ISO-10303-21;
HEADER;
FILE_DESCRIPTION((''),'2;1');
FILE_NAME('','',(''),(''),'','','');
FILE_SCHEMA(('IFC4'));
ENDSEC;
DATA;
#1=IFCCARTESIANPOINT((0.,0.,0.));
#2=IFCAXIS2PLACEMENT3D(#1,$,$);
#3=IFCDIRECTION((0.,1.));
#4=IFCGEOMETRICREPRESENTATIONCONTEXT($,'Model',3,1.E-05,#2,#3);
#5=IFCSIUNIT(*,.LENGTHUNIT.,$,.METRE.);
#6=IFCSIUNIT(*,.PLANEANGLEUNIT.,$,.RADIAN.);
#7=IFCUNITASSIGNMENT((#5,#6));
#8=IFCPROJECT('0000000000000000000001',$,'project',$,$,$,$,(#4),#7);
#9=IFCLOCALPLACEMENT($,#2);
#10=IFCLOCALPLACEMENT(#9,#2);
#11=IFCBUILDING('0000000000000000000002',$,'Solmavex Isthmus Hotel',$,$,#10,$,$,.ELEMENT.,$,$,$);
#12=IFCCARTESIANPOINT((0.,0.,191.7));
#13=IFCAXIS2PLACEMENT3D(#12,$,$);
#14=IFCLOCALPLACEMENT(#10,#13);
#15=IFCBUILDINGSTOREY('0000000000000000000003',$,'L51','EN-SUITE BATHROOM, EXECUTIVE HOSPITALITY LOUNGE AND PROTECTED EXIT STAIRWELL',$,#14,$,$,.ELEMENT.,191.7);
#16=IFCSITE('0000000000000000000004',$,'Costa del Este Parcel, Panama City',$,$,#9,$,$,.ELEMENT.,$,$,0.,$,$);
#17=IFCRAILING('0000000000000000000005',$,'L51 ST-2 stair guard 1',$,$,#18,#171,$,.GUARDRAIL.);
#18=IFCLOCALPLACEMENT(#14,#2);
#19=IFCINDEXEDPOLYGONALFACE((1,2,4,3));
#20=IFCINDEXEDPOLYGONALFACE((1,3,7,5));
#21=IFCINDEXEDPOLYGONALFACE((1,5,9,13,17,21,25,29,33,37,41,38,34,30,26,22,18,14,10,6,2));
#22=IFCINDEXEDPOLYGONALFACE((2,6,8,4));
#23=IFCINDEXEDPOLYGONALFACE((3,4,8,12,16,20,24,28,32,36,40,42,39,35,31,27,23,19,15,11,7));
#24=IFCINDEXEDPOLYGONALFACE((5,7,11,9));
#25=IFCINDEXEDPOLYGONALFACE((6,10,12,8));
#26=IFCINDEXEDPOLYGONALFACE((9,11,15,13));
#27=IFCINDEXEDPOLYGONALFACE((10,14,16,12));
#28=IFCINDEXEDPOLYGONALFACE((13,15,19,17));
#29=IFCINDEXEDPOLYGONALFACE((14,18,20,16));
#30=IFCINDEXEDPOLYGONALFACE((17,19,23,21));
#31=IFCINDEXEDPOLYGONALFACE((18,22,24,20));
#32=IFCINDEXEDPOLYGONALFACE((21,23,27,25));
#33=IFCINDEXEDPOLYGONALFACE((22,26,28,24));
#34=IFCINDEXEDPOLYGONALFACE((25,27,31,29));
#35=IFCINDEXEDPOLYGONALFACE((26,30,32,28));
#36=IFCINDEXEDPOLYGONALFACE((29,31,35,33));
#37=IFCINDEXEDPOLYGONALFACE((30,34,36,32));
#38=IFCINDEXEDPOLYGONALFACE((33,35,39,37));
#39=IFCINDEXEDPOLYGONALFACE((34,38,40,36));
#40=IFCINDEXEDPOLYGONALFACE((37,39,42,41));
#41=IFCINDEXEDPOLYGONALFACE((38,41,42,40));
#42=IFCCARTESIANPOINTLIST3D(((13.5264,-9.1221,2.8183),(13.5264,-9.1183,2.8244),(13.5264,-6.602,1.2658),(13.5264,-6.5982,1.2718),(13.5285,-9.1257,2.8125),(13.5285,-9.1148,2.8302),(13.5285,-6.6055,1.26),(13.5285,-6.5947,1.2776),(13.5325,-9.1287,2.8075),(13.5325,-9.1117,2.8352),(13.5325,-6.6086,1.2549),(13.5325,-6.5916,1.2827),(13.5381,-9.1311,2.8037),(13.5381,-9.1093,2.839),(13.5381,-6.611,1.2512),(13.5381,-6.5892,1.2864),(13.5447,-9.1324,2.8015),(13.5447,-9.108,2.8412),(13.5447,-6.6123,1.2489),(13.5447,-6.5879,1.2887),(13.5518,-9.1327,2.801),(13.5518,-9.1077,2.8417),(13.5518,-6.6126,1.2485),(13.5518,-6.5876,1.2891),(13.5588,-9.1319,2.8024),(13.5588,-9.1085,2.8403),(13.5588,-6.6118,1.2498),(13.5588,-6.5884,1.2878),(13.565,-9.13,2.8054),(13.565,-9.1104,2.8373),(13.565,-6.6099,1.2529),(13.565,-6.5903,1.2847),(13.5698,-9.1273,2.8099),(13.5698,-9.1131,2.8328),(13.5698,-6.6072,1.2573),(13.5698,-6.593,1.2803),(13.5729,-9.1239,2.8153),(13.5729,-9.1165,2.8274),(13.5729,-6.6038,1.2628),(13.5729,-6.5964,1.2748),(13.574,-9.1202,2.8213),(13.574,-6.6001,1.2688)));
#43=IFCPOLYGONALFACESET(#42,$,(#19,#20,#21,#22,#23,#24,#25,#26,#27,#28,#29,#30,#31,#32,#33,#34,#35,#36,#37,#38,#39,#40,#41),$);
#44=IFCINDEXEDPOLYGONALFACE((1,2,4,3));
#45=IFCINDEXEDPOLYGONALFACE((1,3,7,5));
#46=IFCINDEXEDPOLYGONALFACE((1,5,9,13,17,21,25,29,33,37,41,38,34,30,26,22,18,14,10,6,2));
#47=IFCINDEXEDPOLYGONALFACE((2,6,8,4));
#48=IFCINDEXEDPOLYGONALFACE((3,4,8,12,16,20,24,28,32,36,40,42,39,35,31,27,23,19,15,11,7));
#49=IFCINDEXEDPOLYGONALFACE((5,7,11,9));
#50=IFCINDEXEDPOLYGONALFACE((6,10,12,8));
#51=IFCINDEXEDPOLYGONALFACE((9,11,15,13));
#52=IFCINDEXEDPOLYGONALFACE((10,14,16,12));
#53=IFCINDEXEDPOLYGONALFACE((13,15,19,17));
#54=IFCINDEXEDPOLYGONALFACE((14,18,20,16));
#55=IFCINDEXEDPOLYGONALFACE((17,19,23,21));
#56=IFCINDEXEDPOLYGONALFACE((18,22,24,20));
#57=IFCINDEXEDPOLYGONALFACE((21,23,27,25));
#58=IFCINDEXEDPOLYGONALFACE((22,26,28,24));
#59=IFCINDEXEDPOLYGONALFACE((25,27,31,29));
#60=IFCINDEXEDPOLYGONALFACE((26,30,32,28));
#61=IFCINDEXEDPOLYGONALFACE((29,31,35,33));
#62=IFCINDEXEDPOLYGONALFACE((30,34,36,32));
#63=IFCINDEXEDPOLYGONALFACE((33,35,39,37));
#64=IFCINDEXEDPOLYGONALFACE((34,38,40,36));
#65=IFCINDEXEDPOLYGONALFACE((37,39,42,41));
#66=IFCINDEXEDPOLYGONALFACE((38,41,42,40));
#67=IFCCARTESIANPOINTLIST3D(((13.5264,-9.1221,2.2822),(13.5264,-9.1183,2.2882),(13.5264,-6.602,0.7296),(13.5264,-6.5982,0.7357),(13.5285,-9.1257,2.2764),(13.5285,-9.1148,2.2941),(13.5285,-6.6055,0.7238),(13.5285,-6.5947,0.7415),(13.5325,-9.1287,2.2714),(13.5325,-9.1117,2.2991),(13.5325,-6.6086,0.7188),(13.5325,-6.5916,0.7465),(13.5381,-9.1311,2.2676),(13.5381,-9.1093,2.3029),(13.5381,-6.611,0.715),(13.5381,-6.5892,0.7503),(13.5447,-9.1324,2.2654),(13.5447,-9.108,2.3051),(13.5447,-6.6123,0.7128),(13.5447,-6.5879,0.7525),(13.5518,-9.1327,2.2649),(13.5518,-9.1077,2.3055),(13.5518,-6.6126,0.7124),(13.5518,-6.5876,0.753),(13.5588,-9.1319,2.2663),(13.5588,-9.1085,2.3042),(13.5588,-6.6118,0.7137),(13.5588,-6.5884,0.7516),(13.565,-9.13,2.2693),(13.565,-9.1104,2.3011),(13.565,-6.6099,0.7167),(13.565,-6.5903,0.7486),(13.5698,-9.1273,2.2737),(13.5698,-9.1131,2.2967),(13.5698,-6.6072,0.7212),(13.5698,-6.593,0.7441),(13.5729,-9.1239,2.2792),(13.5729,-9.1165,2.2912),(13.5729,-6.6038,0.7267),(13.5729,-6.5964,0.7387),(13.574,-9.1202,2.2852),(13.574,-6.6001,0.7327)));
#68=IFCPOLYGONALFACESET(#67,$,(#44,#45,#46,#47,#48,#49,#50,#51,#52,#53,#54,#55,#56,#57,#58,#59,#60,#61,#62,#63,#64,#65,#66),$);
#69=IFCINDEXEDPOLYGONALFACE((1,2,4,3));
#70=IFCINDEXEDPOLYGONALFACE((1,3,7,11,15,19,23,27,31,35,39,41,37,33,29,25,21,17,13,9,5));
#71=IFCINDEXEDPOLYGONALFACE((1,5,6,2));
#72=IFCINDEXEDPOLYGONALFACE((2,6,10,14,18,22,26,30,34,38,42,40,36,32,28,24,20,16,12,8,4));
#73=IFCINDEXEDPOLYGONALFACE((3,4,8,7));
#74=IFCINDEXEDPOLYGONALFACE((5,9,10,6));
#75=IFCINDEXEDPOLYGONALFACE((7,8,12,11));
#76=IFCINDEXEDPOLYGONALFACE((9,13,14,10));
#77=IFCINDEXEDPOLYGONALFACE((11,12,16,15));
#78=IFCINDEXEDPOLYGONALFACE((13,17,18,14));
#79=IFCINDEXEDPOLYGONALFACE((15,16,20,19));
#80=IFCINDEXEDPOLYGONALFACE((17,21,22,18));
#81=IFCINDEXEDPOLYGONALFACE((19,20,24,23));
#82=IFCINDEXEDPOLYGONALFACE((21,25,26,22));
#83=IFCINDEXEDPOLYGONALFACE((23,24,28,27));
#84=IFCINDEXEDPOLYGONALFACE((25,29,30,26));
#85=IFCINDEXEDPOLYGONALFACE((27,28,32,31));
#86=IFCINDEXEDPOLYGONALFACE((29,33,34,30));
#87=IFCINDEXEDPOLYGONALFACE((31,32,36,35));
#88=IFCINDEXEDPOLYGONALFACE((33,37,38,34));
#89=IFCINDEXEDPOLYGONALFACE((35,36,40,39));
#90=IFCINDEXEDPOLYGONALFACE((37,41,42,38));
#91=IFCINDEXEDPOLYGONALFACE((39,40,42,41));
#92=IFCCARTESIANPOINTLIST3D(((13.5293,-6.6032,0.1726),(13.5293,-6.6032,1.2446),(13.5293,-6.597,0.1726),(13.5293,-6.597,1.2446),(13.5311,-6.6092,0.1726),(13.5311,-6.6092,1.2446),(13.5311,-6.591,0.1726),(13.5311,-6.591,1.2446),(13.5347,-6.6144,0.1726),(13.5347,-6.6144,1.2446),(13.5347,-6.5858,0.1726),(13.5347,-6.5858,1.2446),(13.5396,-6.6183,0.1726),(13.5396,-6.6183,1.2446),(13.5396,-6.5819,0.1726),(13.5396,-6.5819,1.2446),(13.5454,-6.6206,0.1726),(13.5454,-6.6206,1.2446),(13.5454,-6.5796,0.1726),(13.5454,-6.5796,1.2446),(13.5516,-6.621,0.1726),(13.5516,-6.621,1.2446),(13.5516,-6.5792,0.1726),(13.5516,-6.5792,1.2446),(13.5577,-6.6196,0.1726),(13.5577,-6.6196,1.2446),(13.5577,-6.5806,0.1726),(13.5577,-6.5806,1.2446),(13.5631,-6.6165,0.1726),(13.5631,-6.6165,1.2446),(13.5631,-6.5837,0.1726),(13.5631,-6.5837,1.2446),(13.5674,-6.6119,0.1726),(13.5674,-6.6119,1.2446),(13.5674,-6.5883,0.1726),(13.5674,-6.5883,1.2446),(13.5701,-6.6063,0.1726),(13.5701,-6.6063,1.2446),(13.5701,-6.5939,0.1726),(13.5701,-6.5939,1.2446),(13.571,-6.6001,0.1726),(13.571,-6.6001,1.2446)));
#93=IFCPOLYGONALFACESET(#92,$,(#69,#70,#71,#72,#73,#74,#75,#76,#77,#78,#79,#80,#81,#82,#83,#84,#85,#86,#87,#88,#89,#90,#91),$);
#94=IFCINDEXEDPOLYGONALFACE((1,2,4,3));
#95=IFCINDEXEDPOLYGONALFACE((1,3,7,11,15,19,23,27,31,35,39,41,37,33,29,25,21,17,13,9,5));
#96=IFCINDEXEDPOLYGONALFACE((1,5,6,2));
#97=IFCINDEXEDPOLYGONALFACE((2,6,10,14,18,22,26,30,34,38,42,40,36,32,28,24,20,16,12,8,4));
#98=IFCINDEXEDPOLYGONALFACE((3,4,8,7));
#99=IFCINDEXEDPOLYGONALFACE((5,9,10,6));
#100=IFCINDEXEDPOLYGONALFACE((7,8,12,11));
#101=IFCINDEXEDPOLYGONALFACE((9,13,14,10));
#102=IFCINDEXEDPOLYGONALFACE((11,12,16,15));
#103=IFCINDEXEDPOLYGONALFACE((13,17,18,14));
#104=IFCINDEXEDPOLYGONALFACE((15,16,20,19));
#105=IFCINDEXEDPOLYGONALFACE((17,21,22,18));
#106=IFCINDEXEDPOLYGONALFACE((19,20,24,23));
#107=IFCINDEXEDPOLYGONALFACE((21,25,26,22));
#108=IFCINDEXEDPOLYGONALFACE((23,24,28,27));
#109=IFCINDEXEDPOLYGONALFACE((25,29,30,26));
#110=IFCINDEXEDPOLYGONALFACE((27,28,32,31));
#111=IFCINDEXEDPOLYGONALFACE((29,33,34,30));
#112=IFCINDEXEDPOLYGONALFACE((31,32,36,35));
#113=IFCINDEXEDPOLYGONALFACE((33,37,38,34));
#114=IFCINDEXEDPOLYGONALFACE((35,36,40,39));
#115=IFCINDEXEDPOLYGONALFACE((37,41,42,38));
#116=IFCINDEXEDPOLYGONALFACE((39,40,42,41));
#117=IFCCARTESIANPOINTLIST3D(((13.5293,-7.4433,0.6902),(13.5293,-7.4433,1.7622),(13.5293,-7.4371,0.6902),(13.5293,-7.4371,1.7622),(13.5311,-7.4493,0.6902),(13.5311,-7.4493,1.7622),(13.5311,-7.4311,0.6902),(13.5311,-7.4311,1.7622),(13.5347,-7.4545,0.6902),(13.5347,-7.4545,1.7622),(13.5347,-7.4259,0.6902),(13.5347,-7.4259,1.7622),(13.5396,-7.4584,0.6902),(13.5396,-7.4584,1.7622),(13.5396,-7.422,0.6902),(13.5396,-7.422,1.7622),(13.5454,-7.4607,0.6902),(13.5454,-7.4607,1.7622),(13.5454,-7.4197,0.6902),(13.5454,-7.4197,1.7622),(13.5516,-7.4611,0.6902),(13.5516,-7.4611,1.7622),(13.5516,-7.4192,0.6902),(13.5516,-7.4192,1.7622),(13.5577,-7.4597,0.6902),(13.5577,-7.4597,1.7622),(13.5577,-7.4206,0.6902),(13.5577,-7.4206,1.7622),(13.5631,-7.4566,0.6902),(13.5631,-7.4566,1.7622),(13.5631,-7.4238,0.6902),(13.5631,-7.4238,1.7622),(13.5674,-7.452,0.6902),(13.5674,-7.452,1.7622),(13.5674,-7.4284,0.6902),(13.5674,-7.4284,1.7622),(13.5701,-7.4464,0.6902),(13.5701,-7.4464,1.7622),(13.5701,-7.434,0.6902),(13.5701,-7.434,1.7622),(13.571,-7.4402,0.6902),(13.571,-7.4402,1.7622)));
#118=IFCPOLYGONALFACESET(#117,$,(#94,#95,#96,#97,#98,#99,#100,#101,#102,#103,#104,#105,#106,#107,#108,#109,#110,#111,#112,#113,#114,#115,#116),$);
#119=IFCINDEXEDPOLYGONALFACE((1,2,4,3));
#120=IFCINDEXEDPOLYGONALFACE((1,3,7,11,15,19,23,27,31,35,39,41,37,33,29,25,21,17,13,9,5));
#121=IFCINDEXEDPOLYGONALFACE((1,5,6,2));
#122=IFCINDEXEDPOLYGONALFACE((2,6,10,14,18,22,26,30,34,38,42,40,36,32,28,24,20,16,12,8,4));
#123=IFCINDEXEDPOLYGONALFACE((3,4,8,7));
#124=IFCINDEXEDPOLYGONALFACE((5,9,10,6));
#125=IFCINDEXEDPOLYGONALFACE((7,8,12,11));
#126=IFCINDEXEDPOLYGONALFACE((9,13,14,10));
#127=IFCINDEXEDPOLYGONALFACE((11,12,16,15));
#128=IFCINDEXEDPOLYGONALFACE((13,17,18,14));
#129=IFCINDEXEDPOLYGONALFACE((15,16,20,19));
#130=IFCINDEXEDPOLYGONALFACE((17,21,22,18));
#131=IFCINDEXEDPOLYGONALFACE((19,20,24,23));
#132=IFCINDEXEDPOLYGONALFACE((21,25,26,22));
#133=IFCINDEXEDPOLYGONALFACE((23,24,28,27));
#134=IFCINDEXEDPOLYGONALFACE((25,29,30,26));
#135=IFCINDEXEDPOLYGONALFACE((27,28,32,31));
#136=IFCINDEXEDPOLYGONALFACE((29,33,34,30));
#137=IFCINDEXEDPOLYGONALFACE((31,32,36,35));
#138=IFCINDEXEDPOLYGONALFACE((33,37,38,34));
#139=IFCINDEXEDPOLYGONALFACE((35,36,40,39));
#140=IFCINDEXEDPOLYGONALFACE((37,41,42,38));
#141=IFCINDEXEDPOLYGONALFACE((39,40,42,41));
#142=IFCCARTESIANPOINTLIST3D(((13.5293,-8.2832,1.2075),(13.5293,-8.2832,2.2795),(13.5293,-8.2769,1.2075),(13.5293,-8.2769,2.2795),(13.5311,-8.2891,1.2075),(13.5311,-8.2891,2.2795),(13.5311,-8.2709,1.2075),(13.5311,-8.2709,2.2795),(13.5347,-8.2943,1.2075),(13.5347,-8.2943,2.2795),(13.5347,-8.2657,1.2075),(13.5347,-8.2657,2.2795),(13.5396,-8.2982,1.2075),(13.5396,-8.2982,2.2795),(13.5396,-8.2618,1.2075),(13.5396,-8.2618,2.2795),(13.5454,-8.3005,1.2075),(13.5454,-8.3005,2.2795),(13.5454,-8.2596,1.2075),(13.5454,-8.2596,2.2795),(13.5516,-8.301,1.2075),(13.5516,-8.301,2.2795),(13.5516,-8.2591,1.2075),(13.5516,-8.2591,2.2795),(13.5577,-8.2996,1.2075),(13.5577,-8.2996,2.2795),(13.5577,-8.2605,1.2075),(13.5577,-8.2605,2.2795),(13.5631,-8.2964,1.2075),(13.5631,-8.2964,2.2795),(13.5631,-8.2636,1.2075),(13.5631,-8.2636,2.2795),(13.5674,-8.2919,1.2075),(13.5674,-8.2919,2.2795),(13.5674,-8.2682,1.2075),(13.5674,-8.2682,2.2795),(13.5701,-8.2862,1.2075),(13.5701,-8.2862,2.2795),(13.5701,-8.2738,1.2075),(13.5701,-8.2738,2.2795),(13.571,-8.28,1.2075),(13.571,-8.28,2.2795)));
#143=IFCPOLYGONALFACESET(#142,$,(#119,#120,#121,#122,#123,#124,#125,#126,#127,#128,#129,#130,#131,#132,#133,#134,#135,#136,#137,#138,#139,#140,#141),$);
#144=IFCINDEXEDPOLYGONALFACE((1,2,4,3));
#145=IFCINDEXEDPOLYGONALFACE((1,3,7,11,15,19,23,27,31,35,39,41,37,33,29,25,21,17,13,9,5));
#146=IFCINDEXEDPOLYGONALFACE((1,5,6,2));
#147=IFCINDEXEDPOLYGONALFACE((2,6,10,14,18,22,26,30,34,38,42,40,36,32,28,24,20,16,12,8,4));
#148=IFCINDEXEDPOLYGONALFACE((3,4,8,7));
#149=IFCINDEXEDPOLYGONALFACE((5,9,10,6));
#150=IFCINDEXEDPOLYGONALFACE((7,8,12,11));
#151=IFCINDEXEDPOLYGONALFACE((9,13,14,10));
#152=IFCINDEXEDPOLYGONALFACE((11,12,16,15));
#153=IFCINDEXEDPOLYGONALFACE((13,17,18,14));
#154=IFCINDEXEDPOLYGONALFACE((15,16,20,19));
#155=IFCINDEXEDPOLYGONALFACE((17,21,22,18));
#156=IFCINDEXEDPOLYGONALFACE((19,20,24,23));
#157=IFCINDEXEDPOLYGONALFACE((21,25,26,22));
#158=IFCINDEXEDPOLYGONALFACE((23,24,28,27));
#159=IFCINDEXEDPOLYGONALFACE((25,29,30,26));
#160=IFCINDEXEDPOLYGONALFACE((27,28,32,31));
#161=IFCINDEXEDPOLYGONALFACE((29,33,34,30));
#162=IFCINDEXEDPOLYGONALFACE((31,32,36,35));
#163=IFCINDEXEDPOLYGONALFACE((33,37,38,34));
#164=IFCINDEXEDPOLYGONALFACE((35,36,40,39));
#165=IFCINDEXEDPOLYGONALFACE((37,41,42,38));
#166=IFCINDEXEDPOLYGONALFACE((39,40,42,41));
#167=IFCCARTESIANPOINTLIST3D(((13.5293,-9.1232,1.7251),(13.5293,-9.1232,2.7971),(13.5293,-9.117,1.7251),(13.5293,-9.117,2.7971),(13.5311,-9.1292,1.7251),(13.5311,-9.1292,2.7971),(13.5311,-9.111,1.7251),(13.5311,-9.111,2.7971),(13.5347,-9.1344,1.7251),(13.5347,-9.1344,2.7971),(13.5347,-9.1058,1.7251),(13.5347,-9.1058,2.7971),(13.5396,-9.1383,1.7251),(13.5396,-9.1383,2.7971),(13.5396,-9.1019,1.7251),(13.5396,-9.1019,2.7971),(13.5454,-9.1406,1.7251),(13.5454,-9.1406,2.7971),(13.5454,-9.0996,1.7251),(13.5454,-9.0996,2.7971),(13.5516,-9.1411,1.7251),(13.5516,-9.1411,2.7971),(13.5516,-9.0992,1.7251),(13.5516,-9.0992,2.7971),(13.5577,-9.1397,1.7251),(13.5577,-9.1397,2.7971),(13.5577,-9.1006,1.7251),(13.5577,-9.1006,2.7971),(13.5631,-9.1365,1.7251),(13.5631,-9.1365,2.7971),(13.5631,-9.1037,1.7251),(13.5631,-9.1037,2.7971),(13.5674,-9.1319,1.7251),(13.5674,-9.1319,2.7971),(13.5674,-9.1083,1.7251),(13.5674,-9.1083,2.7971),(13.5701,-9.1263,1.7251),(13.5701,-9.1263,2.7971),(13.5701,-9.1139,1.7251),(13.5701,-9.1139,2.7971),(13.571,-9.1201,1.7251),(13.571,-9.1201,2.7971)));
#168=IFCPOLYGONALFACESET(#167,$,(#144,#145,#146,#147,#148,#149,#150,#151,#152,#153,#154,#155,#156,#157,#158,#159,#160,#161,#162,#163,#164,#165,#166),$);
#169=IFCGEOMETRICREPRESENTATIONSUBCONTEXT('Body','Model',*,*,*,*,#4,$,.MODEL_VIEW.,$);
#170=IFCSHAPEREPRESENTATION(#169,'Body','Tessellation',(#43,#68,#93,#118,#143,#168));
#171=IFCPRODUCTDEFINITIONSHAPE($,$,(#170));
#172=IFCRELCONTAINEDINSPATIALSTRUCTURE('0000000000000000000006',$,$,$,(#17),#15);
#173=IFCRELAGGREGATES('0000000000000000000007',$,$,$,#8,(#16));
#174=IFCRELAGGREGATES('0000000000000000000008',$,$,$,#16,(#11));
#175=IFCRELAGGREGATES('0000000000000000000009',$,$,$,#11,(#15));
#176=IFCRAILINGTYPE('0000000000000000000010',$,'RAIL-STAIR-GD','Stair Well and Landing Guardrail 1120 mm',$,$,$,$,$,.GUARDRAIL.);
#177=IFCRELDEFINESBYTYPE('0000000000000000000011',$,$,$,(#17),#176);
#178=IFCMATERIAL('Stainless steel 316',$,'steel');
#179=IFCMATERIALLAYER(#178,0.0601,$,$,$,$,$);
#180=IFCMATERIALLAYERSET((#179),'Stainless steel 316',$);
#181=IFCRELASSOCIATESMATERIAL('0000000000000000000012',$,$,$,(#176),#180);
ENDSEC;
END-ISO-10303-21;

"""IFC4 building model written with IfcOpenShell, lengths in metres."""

from ifc_helpers import new_model, si_unit, direction, frame, origin, origin_2d, place, context, subcontext, project, spatial, circle, extrude, material, layer, layer_set, type_object, element, save


model = new_model("IFC4")

# Units and contexts
model_context = context("Model", 3, precision=1e-05, world=origin(), true_north=direction((0.0, 1.0)))
body_context = subcontext(model_context, "Body", "Model", "MODEL_VIEW")
ifc_project = project(units=[si_unit("LENGTHUNIT", "METRE"), si_unit("PLANEANGLEUNIT", "RADIAN")], contexts=[model_context])

# Site, building, storey
site_placement = place(None, origin())
site = spatial("IfcSite", under=ifc_project, at=site_placement, Name="Costa del Este Parcel, Panama City", CompositionType="ELEMENT", RefElevation=0.0)
building_placement = place(site_placement, origin())
building = spatial("IfcBuilding", under=site, at=building_placement, Name="Solmavex Isthmus Hotel", CompositionType="ELEMENT")
storey_placement = place(building_placement, frame((0.0, 0.0, 191.7)))
storey = spatial("IfcBuildingStorey", under=building, at=storey_placement, Name="L51", Description="EN-SUITE BATHROOM, EXECUTIVE HOSPITALITY LOUNGE AND PROTECTED EXIT STAIRWELL", CompositionType="ELEMENT", Elevation=191.7)

# Railing
ifc_material_1 = material(Name="Stainless steel 316", Category="steel")
ifc_layer_1 = layer(ifc_material_1, 0.0601)
ifc_layer_set_1 = layer_set([ifc_layer_1], Name="Stainless steel 316")
railing_type_1 = type_object("IfcRailingType", Name="RAIL-STAIR-GD", Description="Stair Well and Landing Guardrail 1120 mm", PredefinedType="GUARDRAIL", material=ifc_layer_set_1)
railing_1_placement = place(storey_placement, frame((13.55, -6.6001, 0.1726)))
element("IfcRailing", 1, at=railing_1_placement, inside=storey, type_object=railing_type_1, Name="L51 ST-2 stair guard 1", PredefinedType="GUARDRAIL", context=body_context, shape_type="SweptSolid", body=[
    extrude(circle(Radius=0.0239, at=origin_2d()), frame((0.0, 0.0, 1.0962), z_axis=(0.0, -0.8514, 0.524516), x_axis=(1.0, 0.0, 0.0)), (0.0, 0.0, 1.0), 2.96),
    extrude(circle(Radius=0.0239, at=origin_2d()), frame((0.0, 0.0, 0.5601), z_axis=(0.0, -0.8514, 0.524516), x_axis=(1.0, 0.0, 0.0)), (0.0, 0.0, 1.0), 2.96),
    extrude(circle(Radius=0.021, at=origin_2d()), origin(), (0.0, 0.0, 1.0), 1.072),
    extrude(circle(Radius=0.021, at=origin_2d()), frame((0.0, -0.8401, 0.5176)), (0.0, 0.0, 1.0), 1.072),
    extrude(circle(Radius=0.021, at=origin_2d()), frame((0.0, -1.6799, 1.0349)), (0.0, 0.0, 1.0), 1.072),
    extrude(circle(Radius=0.021, at=origin_2d()), frame((0.0, -2.52, 1.5525)), (0.0, 0.0, 1.0), 1.072),
])

save(model, "model.ifc")
